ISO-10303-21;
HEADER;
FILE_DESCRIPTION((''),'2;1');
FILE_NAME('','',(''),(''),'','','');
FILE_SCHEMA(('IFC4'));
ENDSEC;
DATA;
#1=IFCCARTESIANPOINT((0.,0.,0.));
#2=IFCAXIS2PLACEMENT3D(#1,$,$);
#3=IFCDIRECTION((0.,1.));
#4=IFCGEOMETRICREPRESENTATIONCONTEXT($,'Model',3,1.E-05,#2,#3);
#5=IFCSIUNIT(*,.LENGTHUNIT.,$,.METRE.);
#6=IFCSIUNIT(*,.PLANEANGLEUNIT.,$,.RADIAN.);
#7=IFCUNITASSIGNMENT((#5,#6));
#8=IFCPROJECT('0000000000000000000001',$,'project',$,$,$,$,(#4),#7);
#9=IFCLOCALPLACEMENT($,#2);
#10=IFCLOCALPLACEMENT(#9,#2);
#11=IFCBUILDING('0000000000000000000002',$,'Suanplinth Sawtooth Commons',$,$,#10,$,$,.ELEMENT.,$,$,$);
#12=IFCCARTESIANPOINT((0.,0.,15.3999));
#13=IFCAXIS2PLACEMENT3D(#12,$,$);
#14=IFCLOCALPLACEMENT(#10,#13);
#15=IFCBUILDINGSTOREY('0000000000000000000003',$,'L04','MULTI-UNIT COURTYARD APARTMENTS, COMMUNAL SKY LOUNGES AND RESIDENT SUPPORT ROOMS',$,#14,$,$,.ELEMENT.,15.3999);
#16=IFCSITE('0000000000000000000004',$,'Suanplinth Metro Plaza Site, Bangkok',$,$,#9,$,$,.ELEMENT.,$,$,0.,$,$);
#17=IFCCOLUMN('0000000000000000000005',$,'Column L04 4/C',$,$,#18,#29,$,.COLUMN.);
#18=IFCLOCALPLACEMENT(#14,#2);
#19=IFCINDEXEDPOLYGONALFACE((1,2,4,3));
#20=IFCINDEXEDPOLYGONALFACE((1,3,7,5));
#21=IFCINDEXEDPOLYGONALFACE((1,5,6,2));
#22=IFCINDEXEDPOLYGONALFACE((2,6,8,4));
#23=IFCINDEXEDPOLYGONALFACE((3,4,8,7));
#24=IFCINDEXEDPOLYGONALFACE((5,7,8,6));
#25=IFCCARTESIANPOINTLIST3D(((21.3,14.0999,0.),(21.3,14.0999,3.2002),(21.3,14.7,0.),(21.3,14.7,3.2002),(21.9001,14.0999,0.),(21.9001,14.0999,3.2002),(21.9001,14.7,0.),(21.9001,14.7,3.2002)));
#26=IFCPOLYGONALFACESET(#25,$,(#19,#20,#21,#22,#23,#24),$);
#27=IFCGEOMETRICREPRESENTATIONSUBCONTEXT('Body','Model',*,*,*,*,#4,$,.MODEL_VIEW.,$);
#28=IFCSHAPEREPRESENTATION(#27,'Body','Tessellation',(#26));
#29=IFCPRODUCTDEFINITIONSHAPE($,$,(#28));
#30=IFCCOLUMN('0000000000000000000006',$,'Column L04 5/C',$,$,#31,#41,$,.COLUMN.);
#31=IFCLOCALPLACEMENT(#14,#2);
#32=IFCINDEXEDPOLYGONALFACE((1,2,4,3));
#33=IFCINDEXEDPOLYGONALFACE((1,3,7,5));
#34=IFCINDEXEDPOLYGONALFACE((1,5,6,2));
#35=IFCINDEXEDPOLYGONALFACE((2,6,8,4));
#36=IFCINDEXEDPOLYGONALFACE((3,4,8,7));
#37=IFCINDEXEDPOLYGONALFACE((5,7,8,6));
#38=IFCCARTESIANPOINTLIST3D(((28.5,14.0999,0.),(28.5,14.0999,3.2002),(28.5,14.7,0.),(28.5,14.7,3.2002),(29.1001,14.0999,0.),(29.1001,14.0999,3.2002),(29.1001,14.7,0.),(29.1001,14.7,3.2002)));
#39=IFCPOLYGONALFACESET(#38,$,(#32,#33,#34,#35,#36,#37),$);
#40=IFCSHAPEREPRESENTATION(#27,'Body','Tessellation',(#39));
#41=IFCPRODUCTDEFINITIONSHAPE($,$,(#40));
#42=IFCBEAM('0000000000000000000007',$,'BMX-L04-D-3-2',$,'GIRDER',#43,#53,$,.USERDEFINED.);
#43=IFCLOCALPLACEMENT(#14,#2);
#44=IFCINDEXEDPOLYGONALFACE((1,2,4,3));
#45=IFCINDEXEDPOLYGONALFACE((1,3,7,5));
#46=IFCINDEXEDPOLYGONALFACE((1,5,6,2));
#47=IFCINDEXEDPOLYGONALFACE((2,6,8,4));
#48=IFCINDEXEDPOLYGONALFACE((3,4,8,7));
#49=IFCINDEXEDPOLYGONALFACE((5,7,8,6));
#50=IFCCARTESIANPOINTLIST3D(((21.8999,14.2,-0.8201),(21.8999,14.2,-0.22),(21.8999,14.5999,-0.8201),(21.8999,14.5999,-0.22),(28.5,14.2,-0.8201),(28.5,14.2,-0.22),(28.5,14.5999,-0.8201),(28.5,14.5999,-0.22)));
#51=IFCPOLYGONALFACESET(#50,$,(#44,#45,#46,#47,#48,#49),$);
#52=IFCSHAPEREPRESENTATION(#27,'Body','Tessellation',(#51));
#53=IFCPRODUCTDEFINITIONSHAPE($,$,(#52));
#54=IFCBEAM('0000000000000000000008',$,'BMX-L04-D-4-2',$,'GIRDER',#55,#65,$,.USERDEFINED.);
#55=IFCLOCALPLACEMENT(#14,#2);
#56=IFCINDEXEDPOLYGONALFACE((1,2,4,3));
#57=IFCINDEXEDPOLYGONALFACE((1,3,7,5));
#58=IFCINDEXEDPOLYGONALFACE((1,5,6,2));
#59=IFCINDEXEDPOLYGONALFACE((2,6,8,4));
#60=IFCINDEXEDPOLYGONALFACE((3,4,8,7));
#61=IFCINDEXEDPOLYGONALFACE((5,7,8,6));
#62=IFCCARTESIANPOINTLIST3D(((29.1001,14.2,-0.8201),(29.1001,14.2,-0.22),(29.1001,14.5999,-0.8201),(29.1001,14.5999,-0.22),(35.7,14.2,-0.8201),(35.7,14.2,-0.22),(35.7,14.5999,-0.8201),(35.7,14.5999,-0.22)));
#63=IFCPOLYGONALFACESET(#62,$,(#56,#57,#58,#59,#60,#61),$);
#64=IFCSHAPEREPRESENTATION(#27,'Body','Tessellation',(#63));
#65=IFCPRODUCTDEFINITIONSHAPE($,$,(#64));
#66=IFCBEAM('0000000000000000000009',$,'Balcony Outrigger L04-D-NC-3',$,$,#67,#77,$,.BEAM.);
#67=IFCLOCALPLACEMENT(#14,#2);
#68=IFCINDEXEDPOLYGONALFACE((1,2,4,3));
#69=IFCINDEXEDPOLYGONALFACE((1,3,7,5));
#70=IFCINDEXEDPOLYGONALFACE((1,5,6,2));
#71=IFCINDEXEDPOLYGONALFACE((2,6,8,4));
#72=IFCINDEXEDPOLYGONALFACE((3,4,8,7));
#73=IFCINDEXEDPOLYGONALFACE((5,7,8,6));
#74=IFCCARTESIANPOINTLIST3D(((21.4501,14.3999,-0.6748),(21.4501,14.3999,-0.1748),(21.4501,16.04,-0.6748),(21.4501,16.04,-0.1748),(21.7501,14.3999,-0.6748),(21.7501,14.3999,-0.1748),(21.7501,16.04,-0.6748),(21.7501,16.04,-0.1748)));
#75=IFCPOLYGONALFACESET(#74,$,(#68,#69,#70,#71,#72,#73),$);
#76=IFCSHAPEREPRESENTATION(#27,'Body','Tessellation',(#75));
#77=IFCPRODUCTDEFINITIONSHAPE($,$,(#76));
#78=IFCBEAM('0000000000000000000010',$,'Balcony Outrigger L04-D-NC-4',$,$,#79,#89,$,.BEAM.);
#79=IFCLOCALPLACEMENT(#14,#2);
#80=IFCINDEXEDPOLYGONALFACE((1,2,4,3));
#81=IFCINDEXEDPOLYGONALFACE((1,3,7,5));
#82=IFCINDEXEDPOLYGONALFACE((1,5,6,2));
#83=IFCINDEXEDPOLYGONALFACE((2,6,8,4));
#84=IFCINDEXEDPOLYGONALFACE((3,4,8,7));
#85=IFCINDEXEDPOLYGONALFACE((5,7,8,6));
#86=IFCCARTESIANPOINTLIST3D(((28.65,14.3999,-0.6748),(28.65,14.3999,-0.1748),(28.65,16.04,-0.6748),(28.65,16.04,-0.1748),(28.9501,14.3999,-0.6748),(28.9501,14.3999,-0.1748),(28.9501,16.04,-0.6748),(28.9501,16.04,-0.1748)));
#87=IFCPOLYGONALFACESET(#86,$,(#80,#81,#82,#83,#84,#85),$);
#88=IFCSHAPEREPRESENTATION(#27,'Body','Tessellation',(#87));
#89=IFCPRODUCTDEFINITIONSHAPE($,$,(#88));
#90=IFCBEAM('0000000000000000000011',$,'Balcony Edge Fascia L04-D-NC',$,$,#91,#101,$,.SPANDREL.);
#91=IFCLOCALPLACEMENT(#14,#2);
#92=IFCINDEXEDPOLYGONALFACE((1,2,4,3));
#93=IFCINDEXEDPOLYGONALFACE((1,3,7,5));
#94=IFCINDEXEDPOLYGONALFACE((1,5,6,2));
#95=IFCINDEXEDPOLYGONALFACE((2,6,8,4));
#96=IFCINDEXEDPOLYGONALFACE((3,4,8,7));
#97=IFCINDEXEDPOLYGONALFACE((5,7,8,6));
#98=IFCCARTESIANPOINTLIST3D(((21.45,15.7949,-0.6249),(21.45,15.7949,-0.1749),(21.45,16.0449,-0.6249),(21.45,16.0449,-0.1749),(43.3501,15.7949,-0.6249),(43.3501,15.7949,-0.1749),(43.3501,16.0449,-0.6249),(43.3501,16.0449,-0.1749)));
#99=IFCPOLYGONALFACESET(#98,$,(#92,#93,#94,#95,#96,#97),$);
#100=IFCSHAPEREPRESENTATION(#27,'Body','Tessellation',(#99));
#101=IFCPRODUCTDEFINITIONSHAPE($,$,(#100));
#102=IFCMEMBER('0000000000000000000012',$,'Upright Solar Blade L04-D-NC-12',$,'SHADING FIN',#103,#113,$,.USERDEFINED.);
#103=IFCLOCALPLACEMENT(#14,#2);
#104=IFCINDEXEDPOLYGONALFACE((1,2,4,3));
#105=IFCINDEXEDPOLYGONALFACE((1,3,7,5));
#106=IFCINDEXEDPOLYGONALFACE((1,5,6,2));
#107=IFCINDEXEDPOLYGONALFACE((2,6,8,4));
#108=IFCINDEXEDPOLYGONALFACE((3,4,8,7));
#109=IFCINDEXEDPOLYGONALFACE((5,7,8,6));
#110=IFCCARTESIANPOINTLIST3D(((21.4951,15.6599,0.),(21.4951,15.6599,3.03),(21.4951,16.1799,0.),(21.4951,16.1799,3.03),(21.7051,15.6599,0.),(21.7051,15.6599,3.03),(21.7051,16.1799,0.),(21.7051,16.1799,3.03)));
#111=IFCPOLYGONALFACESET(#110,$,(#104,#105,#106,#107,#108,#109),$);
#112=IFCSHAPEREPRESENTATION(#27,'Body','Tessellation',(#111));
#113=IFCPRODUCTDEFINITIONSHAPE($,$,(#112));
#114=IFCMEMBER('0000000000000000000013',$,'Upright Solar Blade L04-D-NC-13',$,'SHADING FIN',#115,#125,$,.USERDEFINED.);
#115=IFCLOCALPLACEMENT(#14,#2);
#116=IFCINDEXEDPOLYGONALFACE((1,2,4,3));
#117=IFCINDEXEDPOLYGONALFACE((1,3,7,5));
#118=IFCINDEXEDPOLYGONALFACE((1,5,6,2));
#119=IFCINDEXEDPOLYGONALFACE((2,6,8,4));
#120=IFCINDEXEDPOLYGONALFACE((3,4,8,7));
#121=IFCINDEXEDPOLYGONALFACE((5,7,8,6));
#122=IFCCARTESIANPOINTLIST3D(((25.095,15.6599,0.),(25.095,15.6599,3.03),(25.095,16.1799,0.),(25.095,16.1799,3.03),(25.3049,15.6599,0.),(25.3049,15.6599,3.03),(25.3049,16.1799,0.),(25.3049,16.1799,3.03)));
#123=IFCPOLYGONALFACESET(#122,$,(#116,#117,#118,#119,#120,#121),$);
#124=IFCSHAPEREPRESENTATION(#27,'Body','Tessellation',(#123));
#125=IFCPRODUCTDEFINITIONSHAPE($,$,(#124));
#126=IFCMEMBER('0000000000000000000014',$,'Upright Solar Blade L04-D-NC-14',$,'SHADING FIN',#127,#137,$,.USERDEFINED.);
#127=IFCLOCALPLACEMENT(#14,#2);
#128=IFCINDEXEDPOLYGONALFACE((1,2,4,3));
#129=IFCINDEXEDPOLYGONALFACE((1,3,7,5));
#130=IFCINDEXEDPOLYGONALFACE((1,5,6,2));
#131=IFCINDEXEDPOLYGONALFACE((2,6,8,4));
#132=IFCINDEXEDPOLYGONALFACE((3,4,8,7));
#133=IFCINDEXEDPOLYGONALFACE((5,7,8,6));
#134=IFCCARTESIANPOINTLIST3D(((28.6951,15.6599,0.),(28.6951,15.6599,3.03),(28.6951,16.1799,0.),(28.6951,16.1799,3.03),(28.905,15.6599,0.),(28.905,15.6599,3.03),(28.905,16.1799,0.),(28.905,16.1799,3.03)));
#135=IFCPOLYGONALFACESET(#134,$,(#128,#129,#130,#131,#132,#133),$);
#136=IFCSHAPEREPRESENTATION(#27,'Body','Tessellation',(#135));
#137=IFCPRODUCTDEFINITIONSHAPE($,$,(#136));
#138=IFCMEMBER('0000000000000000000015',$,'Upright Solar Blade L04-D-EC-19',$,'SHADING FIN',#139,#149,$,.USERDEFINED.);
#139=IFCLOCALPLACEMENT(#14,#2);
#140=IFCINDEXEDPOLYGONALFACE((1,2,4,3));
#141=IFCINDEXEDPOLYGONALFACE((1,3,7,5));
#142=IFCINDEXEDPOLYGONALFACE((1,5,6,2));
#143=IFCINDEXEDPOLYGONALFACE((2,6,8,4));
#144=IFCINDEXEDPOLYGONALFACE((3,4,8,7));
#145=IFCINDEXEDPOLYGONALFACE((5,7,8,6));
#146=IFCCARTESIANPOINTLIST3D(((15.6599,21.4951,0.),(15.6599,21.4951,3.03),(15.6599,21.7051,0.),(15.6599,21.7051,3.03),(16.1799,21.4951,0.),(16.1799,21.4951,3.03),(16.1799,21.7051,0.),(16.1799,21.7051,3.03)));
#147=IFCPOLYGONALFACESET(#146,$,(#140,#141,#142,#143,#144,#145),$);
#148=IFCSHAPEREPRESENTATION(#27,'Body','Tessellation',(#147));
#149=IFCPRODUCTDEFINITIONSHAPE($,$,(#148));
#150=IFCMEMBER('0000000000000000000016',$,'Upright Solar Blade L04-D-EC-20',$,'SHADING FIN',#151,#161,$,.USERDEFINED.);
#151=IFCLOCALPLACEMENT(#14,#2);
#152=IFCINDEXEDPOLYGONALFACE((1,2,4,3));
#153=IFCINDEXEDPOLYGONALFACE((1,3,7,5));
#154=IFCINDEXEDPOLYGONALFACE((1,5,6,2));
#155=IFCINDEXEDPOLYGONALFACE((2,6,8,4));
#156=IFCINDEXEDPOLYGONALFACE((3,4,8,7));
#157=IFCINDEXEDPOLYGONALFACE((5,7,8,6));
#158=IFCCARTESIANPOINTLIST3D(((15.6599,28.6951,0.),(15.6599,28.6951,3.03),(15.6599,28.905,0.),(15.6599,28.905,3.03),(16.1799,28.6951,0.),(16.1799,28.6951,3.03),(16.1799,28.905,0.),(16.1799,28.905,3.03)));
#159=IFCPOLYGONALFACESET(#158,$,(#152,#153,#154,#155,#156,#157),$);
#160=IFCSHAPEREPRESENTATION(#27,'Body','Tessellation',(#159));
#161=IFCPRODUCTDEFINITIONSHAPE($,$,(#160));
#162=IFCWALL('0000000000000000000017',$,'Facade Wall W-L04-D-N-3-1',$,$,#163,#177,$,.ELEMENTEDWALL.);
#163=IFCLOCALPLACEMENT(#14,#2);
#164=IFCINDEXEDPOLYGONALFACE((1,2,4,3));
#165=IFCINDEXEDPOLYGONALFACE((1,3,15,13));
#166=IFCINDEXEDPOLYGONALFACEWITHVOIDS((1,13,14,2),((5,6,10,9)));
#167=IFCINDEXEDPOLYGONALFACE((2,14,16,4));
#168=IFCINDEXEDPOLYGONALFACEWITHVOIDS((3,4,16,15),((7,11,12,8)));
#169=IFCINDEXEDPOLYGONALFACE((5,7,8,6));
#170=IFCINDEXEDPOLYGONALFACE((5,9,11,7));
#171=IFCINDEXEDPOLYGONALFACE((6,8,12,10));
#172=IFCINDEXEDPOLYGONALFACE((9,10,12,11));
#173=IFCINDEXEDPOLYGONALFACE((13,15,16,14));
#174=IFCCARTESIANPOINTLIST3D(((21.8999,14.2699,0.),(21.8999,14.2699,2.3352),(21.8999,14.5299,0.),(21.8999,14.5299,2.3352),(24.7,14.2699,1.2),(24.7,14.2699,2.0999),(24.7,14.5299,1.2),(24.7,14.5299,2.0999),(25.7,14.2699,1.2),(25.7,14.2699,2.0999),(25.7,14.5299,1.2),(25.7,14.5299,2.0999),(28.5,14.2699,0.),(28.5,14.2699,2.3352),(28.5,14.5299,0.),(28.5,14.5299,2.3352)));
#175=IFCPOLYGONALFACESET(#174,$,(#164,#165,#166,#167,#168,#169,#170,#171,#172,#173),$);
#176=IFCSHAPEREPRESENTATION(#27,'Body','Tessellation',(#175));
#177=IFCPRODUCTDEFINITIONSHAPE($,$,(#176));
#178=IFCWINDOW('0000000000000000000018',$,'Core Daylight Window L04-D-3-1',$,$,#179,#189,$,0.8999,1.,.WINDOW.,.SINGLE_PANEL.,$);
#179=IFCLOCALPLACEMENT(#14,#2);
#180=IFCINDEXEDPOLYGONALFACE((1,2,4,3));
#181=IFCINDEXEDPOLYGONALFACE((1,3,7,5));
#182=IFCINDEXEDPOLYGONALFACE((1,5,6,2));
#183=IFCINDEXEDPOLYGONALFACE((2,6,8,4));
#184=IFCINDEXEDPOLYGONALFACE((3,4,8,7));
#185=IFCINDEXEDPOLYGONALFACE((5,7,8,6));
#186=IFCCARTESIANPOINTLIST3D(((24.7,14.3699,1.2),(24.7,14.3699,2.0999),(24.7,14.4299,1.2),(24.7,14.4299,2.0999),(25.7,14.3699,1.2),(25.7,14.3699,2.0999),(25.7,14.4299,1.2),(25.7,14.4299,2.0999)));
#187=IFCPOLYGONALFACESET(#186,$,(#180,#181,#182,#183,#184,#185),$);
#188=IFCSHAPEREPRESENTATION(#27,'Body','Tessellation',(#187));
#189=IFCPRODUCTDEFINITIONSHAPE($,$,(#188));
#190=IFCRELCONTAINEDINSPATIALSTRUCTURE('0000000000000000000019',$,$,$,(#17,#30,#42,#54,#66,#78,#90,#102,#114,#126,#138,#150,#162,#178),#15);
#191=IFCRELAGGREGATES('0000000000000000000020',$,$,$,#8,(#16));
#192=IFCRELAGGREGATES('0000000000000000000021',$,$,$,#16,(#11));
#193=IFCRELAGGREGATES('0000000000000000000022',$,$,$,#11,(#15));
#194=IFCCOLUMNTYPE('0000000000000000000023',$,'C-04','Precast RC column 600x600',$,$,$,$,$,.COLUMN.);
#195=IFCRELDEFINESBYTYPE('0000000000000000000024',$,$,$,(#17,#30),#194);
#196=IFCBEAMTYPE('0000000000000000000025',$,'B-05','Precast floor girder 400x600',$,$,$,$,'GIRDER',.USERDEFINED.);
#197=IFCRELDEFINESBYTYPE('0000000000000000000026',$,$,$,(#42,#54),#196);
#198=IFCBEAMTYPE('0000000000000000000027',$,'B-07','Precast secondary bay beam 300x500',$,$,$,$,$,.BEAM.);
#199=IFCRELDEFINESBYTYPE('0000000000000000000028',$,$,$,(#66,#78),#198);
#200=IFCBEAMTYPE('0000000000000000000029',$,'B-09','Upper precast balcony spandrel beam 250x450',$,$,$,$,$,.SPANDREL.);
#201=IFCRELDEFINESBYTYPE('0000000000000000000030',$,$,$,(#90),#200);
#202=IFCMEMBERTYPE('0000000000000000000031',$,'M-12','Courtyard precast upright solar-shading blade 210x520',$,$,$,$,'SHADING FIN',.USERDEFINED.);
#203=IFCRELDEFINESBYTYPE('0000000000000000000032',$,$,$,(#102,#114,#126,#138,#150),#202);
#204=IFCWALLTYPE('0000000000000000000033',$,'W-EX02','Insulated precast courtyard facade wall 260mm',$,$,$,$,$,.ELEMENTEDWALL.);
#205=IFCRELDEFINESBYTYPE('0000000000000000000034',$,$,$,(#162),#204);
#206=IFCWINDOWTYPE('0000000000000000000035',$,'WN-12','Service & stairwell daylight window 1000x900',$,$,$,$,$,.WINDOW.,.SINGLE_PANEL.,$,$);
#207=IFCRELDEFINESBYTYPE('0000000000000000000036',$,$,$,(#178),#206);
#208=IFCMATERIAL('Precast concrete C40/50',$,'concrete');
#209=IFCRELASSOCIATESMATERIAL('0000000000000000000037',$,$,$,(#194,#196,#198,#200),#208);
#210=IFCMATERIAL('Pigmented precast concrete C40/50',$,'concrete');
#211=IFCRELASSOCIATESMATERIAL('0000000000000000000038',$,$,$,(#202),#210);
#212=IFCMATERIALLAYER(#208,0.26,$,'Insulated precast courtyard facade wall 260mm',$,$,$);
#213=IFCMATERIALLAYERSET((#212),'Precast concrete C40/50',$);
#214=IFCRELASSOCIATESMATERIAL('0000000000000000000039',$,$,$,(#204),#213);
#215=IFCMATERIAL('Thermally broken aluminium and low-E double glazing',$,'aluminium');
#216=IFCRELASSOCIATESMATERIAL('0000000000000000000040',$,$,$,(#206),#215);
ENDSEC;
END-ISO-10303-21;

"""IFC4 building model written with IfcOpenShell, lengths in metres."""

from ifc_helpers import new_model, si_unit, direction, frame, frame_2d, origin, origin_2d, place, context, subcontext, project, spatial, rectangle, extrude, material, layer, layer_set, material_profile, profile_set, type_object, element, fill, save


model = new_model("IFC4")

# Units and contexts
model_context = context("Model", 3, precision=1e-05, world=origin(), true_north=direction((0.0, 1.0)))
body_context = subcontext(model_context, "Body", "Model", "MODEL_VIEW")
ifc_project = project(units=[si_unit("LENGTHUNIT", "METRE"), si_unit("PLANEANGLEUNIT", "RADIAN")], contexts=[model_context])

# Site, building, storey
site_placement = place(None, origin())
site = spatial("IfcSite", under=ifc_project, at=site_placement, Name="Suanplinth Metro Plaza Site, Bangkok", CompositionType="ELEMENT", RefElevation=0.0)
building_placement = place(site_placement, origin())
building = spatial("IfcBuilding", under=site, at=building_placement, Name="Suanplinth Sawtooth Commons", CompositionType="ELEMENT")
storey_placement = place(building_placement, frame((0.0, 0.0, 15.3999)))
storey = spatial("IfcBuildingStorey", under=building, at=storey_placement, Name="L04", Description="MULTI-UNIT COURTYARD APARTMENTS, COMMUNAL SKY LOUNGES AND RESIDENT SUPPORT ROOMS", CompositionType="ELEMENT", Elevation=15.3999)

# Columns
ifc_material_1 = material(Name="Precast concrete C40/50", Category="concrete")
ifc_material_profile_1 = material_profile(ifc_material_1, rectangle(XDim=0.6001, YDim=0.6001, at=origin_2d()), Name="PC-COL 600x600")
ifc_profile_set_1 = profile_set([ifc_material_profile_1], Name="Precast concrete C40/50")
column_type = type_object("IfcColumnType", Name="C-04", Description="Precast RC column 600x600", PredefinedType="COLUMN", material=ifc_profile_set_1)
for number, where, z_axis, x_axis, name in (
    (1, (21.6001, 14.3999, 0.0), (0.0, 0.0, 1.0), (1.0, 0.0, 0.0), "Column L04 4/C"),
    (2, (28.8, 14.3999, 0.0), (0.0, 0.0, 1.0), (1.0, 0.0, 0.0), "Column L04 5/C"),
):
    element("IfcColumn", number, at=place(storey_placement, frame(where, z_axis=z_axis, x_axis=x_axis)), inside=storey, type_object=column_type, Name=name, PredefinedType="COLUMN", context=body_context, shape_type="SweptSolid", body=[
        extrude(rectangle(XDim=0.6001, YDim=0.6001, at=origin_2d()), origin(), (0.0, 0.0, 1.0), 3.2002),
    ])

# Beams
ifc_material_profile_2 = material_profile(ifc_material_1, rectangle(XDim=0.3999, YDim=0.6001, at=origin_2d()), Name="PC-GDR 400x600")
ifc_profile_set_2 = profile_set([ifc_material_profile_2], Name="Precast concrete C40/50")
beam_type_1 = type_object("IfcBeamType", Name="B-05", Description="Precast floor girder 400x600", ElementType="GIRDER", PredefinedType="USERDEFINED", material=ifc_profile_set_2)
beam_1_placement = place(storey_placement, frame((21.8999, 14.3999, -0.52), z_axis=(1.0, 0.0, 0.0), x_axis=(0.0, 1.0, 0.0)))
element("IfcBeam", 3, at=beam_1_placement, inside=storey, type_object=beam_type_1, Name="BMX-L04-D-3-2", ObjectType="GIRDER", PredefinedType="USERDEFINED", context=body_context, shape_type="SweptSolid", body=[
    extrude(rectangle(XDim=0.3999, YDim=0.6001, at=origin_2d()), origin(), (0.0, 0.0, 1.0), 6.6001),
])
beam_2_placement = place(storey_placement, frame((29.1001, 14.3999, -0.52), z_axis=(1.0, 0.0, 0.0), x_axis=(0.0, 1.0, 0.0)))
element("IfcBeam", 4, at=beam_2_placement, inside=storey, type_object=beam_type_1, Name="BMX-L04-D-4-2", ObjectType="GIRDER", PredefinedType="USERDEFINED", context=body_context, shape_type="SweptSolid", body=[
    extrude(rectangle(XDim=0.3999, YDim=0.6001, at=origin_2d()), origin(), (0.0, 0.0, 1.0), 6.5999),
])
ifc_material_profile_3 = material_profile(ifc_material_1, rectangle(XDim=0.3, YDim=0.5, at=origin_2d()), Name="PC-BM 300x500")
ifc_profile_set_3 = profile_set([ifc_material_profile_3], Name="Precast concrete C40/50")
beam_type_2 = type_object("IfcBeamType", Name="B-07", Description="Precast secondary bay beam 300x500", PredefinedType="BEAM", material=ifc_profile_set_3)
for number, where, z_axis, x_axis, name in (
    (5, (21.6001, 14.3999, -0.4248), (0.0, 1.0, 0.0), (-1.0, 0.0, 0.0), "Balcony Outrigger L04-D-NC-3"),
    (6, (28.8, 14.3999, -0.4248), (0.0, 1.0, 0.0), (-1.0, 0.0, 0.0), "Balcony Outrigger L04-D-NC-4"),
):
    element("IfcBeam", number, at=place(storey_placement, frame(where, z_axis=z_axis, x_axis=x_axis)), inside=storey, type_object=beam_type_2, Name=name, PredefinedType="BEAM", context=body_context, shape_type="SweptSolid", body=[
        extrude(rectangle(XDim=0.3, YDim=0.5, at=origin_2d()), origin(), (0.0, 0.0, 1.0), 1.6401),
    ])
ifc_material_profile_4 = material_profile(ifc_material_1, rectangle(XDim=0.25, YDim=0.45, at=origin_2d()), Name="PC-SP 250x450")
ifc_profile_set_4 = profile_set([ifc_material_profile_4], Name="Precast concrete C40/50")
beam_type_3 = type_object("IfcBeamType", Name="B-09", Description="Upper precast balcony spandrel beam 250x450", PredefinedType="SPANDREL", material=ifc_profile_set_4)
beam_3_placement = place(storey_placement, frame((21.45, 15.9199, -0.3999), z_axis=(1.0, 0.0, 0.0), x_axis=(0.0, 1.0, 0.0)))
element("IfcBeam", 7, at=beam_3_placement, inside=storey, type_object=beam_type_3, Name="Balcony Edge Fascia L04-D-NC", PredefinedType="SPANDREL", context=body_context, shape_type="SweptSolid", body=[
    extrude(rectangle(XDim=0.25, YDim=0.45, at=origin_2d()), origin(), (0.0, 0.0, 1.0), 21.9001),
])

# Members
ifc_material_2 = material(Name="Pigmented precast concrete C40/50", Category="concrete")
ifc_material_profile_5 = material_profile(ifc_material_2, rectangle(XDim=0.21, YDim=0.52, at=origin_2d()), Name="PC-FIN 210x520")
ifc_profile_set_5 = profile_set([ifc_material_profile_5], Name="Pigmented precast concrete C40/50")
member_type = type_object("IfcMemberType", Name="M-12", Description="Courtyard precast upright solar-shading blade 210x520", ElementType="SHADING FIN", PredefinedType="USERDEFINED", material=ifc_profile_set_5)
for number, where, z_axis, x_axis, name in (
    (8, (21.6001, 15.9199, 0.0), (0.0, 0.0, 1.0), (1.0, 0.0, 0.0), "Upright Solar Blade L04-D-NC-12"),
    (9, (25.2, 15.9199, 0.0), (0.0, 0.0, 1.0), (1.0, 0.0, 0.0), "Upright Solar Blade L04-D-NC-13"),
    (10, (28.8, 15.9199, 0.0), (0.0, 0.0, 1.0), (1.0, 0.0, 0.0), "Upright Solar Blade L04-D-NC-14"),
    (11, (15.9199, 21.6001, 0.0), (0.0, 0.0, 1.0), (0.0, 1.0, 0.0), "Upright Solar Blade L04-D-EC-19"),
    (12, (15.9199, 28.8, 0.0), (0.0, 0.0, 1.0), (0.0, 1.0, 0.0), "Upright Solar Blade L04-D-EC-20"),
):
    element("IfcMember", number, at=place(storey_placement, frame(where, z_axis=z_axis, x_axis=x_axis)), inside=storey, type_object=member_type, Name=name, ObjectType="SHADING FIN", PredefinedType="USERDEFINED", context=body_context, shape_type="SweptSolid", body=[
        extrude(rectangle(XDim=0.21, YDim=0.52, at=origin_2d()), origin(), (0.0, 0.0, 1.0), 3.03),
    ])

# Wall, opening, window
ifc_layer_1 = layer(ifc_material_1, 0.26, Name="Insulated precast courtyard facade wall 260mm")
ifc_layer_set_1 = layer_set([ifc_layer_1], Name="Precast concrete C40/50")
wall_type_1 = type_object("IfcWallType", Name="W-EX02", Description="Insulated precast courtyard facade wall 260mm", PredefinedType="ELEMENTEDWALL", material=ifc_layer_set_1)
wall_1_placement = place(storey_placement, frame((21.8999, 14.3999, 0.0), z_axis=(0.0, 0.0, 1.0), x_axis=(1.0, 0.0, 0.0)))
wall_1 = element("IfcWall", 13, at=wall_1_placement, inside=storey, type_object=wall_type_1, Name="Facade Wall W-L04-D-N-3-1", PredefinedType="ELEMENTEDWALL", context=body_context, shape_type="SweptSolid", body=[
    extrude(rectangle(XDim=6.6001, YDim=0.26, at=frame_2d((3.3, 0.0))), origin(), (0.0, 0.0, 1.0), 2.3352),
])
opening_1_placement = place(wall_1_placement, frame((2.8, 0.0, 1.2)))
opening_1 = element("IfcOpeningElement", 14, at=opening_1_placement, cuts=wall_1, PredefinedType="OPENING", context=body_context, shape_type="SweptSolid", body=[
    extrude(rectangle(XDim=1.0, YDim=0.8999, at=frame_2d((0.5, 0.45))), frame((0.0, 0.145, 0.0), z_axis=(0.0, -1.0, 0.0), x_axis=(1.0, 0.0, 0.0)), (0.0, 0.0, 1.0), 0.2898),
])
ifc_material_3 = material(Name="Thermally broken aluminium and low-E double glazing", Category="aluminium")
window_type = type_object("IfcWindowType", Name="WN-12", Description="Service & stairwell daylight window 1000x900", PartitioningType="SINGLE_PANEL", PredefinedType="WINDOW", material=ifc_material_3)
window_placement = place(opening_1_placement, origin())
window = element("IfcWindow", 15, at=window_placement, inside=storey, type_object=window_type, Name="Core Daylight Window L04-D-3-1", OverallHeight=0.8999, OverallWidth=1.0, PartitioningType="SINGLE_PANEL", PredefinedType="WINDOW", context=body_context, shape_type="SweptSolid", body=[
    extrude(rectangle(XDim=1.0, YDim=0.8999, at=frame_2d((0.5, 0.45))), frame((0.0, 0.03, 0.0), z_axis=(0.0, -1.0, 0.0), x_axis=(1.0, 0.0, 0.0)), (0.0, 0.0, 1.0), 0.0601),
])
fill(opening_1, window)

save(model, "model.ifc")
